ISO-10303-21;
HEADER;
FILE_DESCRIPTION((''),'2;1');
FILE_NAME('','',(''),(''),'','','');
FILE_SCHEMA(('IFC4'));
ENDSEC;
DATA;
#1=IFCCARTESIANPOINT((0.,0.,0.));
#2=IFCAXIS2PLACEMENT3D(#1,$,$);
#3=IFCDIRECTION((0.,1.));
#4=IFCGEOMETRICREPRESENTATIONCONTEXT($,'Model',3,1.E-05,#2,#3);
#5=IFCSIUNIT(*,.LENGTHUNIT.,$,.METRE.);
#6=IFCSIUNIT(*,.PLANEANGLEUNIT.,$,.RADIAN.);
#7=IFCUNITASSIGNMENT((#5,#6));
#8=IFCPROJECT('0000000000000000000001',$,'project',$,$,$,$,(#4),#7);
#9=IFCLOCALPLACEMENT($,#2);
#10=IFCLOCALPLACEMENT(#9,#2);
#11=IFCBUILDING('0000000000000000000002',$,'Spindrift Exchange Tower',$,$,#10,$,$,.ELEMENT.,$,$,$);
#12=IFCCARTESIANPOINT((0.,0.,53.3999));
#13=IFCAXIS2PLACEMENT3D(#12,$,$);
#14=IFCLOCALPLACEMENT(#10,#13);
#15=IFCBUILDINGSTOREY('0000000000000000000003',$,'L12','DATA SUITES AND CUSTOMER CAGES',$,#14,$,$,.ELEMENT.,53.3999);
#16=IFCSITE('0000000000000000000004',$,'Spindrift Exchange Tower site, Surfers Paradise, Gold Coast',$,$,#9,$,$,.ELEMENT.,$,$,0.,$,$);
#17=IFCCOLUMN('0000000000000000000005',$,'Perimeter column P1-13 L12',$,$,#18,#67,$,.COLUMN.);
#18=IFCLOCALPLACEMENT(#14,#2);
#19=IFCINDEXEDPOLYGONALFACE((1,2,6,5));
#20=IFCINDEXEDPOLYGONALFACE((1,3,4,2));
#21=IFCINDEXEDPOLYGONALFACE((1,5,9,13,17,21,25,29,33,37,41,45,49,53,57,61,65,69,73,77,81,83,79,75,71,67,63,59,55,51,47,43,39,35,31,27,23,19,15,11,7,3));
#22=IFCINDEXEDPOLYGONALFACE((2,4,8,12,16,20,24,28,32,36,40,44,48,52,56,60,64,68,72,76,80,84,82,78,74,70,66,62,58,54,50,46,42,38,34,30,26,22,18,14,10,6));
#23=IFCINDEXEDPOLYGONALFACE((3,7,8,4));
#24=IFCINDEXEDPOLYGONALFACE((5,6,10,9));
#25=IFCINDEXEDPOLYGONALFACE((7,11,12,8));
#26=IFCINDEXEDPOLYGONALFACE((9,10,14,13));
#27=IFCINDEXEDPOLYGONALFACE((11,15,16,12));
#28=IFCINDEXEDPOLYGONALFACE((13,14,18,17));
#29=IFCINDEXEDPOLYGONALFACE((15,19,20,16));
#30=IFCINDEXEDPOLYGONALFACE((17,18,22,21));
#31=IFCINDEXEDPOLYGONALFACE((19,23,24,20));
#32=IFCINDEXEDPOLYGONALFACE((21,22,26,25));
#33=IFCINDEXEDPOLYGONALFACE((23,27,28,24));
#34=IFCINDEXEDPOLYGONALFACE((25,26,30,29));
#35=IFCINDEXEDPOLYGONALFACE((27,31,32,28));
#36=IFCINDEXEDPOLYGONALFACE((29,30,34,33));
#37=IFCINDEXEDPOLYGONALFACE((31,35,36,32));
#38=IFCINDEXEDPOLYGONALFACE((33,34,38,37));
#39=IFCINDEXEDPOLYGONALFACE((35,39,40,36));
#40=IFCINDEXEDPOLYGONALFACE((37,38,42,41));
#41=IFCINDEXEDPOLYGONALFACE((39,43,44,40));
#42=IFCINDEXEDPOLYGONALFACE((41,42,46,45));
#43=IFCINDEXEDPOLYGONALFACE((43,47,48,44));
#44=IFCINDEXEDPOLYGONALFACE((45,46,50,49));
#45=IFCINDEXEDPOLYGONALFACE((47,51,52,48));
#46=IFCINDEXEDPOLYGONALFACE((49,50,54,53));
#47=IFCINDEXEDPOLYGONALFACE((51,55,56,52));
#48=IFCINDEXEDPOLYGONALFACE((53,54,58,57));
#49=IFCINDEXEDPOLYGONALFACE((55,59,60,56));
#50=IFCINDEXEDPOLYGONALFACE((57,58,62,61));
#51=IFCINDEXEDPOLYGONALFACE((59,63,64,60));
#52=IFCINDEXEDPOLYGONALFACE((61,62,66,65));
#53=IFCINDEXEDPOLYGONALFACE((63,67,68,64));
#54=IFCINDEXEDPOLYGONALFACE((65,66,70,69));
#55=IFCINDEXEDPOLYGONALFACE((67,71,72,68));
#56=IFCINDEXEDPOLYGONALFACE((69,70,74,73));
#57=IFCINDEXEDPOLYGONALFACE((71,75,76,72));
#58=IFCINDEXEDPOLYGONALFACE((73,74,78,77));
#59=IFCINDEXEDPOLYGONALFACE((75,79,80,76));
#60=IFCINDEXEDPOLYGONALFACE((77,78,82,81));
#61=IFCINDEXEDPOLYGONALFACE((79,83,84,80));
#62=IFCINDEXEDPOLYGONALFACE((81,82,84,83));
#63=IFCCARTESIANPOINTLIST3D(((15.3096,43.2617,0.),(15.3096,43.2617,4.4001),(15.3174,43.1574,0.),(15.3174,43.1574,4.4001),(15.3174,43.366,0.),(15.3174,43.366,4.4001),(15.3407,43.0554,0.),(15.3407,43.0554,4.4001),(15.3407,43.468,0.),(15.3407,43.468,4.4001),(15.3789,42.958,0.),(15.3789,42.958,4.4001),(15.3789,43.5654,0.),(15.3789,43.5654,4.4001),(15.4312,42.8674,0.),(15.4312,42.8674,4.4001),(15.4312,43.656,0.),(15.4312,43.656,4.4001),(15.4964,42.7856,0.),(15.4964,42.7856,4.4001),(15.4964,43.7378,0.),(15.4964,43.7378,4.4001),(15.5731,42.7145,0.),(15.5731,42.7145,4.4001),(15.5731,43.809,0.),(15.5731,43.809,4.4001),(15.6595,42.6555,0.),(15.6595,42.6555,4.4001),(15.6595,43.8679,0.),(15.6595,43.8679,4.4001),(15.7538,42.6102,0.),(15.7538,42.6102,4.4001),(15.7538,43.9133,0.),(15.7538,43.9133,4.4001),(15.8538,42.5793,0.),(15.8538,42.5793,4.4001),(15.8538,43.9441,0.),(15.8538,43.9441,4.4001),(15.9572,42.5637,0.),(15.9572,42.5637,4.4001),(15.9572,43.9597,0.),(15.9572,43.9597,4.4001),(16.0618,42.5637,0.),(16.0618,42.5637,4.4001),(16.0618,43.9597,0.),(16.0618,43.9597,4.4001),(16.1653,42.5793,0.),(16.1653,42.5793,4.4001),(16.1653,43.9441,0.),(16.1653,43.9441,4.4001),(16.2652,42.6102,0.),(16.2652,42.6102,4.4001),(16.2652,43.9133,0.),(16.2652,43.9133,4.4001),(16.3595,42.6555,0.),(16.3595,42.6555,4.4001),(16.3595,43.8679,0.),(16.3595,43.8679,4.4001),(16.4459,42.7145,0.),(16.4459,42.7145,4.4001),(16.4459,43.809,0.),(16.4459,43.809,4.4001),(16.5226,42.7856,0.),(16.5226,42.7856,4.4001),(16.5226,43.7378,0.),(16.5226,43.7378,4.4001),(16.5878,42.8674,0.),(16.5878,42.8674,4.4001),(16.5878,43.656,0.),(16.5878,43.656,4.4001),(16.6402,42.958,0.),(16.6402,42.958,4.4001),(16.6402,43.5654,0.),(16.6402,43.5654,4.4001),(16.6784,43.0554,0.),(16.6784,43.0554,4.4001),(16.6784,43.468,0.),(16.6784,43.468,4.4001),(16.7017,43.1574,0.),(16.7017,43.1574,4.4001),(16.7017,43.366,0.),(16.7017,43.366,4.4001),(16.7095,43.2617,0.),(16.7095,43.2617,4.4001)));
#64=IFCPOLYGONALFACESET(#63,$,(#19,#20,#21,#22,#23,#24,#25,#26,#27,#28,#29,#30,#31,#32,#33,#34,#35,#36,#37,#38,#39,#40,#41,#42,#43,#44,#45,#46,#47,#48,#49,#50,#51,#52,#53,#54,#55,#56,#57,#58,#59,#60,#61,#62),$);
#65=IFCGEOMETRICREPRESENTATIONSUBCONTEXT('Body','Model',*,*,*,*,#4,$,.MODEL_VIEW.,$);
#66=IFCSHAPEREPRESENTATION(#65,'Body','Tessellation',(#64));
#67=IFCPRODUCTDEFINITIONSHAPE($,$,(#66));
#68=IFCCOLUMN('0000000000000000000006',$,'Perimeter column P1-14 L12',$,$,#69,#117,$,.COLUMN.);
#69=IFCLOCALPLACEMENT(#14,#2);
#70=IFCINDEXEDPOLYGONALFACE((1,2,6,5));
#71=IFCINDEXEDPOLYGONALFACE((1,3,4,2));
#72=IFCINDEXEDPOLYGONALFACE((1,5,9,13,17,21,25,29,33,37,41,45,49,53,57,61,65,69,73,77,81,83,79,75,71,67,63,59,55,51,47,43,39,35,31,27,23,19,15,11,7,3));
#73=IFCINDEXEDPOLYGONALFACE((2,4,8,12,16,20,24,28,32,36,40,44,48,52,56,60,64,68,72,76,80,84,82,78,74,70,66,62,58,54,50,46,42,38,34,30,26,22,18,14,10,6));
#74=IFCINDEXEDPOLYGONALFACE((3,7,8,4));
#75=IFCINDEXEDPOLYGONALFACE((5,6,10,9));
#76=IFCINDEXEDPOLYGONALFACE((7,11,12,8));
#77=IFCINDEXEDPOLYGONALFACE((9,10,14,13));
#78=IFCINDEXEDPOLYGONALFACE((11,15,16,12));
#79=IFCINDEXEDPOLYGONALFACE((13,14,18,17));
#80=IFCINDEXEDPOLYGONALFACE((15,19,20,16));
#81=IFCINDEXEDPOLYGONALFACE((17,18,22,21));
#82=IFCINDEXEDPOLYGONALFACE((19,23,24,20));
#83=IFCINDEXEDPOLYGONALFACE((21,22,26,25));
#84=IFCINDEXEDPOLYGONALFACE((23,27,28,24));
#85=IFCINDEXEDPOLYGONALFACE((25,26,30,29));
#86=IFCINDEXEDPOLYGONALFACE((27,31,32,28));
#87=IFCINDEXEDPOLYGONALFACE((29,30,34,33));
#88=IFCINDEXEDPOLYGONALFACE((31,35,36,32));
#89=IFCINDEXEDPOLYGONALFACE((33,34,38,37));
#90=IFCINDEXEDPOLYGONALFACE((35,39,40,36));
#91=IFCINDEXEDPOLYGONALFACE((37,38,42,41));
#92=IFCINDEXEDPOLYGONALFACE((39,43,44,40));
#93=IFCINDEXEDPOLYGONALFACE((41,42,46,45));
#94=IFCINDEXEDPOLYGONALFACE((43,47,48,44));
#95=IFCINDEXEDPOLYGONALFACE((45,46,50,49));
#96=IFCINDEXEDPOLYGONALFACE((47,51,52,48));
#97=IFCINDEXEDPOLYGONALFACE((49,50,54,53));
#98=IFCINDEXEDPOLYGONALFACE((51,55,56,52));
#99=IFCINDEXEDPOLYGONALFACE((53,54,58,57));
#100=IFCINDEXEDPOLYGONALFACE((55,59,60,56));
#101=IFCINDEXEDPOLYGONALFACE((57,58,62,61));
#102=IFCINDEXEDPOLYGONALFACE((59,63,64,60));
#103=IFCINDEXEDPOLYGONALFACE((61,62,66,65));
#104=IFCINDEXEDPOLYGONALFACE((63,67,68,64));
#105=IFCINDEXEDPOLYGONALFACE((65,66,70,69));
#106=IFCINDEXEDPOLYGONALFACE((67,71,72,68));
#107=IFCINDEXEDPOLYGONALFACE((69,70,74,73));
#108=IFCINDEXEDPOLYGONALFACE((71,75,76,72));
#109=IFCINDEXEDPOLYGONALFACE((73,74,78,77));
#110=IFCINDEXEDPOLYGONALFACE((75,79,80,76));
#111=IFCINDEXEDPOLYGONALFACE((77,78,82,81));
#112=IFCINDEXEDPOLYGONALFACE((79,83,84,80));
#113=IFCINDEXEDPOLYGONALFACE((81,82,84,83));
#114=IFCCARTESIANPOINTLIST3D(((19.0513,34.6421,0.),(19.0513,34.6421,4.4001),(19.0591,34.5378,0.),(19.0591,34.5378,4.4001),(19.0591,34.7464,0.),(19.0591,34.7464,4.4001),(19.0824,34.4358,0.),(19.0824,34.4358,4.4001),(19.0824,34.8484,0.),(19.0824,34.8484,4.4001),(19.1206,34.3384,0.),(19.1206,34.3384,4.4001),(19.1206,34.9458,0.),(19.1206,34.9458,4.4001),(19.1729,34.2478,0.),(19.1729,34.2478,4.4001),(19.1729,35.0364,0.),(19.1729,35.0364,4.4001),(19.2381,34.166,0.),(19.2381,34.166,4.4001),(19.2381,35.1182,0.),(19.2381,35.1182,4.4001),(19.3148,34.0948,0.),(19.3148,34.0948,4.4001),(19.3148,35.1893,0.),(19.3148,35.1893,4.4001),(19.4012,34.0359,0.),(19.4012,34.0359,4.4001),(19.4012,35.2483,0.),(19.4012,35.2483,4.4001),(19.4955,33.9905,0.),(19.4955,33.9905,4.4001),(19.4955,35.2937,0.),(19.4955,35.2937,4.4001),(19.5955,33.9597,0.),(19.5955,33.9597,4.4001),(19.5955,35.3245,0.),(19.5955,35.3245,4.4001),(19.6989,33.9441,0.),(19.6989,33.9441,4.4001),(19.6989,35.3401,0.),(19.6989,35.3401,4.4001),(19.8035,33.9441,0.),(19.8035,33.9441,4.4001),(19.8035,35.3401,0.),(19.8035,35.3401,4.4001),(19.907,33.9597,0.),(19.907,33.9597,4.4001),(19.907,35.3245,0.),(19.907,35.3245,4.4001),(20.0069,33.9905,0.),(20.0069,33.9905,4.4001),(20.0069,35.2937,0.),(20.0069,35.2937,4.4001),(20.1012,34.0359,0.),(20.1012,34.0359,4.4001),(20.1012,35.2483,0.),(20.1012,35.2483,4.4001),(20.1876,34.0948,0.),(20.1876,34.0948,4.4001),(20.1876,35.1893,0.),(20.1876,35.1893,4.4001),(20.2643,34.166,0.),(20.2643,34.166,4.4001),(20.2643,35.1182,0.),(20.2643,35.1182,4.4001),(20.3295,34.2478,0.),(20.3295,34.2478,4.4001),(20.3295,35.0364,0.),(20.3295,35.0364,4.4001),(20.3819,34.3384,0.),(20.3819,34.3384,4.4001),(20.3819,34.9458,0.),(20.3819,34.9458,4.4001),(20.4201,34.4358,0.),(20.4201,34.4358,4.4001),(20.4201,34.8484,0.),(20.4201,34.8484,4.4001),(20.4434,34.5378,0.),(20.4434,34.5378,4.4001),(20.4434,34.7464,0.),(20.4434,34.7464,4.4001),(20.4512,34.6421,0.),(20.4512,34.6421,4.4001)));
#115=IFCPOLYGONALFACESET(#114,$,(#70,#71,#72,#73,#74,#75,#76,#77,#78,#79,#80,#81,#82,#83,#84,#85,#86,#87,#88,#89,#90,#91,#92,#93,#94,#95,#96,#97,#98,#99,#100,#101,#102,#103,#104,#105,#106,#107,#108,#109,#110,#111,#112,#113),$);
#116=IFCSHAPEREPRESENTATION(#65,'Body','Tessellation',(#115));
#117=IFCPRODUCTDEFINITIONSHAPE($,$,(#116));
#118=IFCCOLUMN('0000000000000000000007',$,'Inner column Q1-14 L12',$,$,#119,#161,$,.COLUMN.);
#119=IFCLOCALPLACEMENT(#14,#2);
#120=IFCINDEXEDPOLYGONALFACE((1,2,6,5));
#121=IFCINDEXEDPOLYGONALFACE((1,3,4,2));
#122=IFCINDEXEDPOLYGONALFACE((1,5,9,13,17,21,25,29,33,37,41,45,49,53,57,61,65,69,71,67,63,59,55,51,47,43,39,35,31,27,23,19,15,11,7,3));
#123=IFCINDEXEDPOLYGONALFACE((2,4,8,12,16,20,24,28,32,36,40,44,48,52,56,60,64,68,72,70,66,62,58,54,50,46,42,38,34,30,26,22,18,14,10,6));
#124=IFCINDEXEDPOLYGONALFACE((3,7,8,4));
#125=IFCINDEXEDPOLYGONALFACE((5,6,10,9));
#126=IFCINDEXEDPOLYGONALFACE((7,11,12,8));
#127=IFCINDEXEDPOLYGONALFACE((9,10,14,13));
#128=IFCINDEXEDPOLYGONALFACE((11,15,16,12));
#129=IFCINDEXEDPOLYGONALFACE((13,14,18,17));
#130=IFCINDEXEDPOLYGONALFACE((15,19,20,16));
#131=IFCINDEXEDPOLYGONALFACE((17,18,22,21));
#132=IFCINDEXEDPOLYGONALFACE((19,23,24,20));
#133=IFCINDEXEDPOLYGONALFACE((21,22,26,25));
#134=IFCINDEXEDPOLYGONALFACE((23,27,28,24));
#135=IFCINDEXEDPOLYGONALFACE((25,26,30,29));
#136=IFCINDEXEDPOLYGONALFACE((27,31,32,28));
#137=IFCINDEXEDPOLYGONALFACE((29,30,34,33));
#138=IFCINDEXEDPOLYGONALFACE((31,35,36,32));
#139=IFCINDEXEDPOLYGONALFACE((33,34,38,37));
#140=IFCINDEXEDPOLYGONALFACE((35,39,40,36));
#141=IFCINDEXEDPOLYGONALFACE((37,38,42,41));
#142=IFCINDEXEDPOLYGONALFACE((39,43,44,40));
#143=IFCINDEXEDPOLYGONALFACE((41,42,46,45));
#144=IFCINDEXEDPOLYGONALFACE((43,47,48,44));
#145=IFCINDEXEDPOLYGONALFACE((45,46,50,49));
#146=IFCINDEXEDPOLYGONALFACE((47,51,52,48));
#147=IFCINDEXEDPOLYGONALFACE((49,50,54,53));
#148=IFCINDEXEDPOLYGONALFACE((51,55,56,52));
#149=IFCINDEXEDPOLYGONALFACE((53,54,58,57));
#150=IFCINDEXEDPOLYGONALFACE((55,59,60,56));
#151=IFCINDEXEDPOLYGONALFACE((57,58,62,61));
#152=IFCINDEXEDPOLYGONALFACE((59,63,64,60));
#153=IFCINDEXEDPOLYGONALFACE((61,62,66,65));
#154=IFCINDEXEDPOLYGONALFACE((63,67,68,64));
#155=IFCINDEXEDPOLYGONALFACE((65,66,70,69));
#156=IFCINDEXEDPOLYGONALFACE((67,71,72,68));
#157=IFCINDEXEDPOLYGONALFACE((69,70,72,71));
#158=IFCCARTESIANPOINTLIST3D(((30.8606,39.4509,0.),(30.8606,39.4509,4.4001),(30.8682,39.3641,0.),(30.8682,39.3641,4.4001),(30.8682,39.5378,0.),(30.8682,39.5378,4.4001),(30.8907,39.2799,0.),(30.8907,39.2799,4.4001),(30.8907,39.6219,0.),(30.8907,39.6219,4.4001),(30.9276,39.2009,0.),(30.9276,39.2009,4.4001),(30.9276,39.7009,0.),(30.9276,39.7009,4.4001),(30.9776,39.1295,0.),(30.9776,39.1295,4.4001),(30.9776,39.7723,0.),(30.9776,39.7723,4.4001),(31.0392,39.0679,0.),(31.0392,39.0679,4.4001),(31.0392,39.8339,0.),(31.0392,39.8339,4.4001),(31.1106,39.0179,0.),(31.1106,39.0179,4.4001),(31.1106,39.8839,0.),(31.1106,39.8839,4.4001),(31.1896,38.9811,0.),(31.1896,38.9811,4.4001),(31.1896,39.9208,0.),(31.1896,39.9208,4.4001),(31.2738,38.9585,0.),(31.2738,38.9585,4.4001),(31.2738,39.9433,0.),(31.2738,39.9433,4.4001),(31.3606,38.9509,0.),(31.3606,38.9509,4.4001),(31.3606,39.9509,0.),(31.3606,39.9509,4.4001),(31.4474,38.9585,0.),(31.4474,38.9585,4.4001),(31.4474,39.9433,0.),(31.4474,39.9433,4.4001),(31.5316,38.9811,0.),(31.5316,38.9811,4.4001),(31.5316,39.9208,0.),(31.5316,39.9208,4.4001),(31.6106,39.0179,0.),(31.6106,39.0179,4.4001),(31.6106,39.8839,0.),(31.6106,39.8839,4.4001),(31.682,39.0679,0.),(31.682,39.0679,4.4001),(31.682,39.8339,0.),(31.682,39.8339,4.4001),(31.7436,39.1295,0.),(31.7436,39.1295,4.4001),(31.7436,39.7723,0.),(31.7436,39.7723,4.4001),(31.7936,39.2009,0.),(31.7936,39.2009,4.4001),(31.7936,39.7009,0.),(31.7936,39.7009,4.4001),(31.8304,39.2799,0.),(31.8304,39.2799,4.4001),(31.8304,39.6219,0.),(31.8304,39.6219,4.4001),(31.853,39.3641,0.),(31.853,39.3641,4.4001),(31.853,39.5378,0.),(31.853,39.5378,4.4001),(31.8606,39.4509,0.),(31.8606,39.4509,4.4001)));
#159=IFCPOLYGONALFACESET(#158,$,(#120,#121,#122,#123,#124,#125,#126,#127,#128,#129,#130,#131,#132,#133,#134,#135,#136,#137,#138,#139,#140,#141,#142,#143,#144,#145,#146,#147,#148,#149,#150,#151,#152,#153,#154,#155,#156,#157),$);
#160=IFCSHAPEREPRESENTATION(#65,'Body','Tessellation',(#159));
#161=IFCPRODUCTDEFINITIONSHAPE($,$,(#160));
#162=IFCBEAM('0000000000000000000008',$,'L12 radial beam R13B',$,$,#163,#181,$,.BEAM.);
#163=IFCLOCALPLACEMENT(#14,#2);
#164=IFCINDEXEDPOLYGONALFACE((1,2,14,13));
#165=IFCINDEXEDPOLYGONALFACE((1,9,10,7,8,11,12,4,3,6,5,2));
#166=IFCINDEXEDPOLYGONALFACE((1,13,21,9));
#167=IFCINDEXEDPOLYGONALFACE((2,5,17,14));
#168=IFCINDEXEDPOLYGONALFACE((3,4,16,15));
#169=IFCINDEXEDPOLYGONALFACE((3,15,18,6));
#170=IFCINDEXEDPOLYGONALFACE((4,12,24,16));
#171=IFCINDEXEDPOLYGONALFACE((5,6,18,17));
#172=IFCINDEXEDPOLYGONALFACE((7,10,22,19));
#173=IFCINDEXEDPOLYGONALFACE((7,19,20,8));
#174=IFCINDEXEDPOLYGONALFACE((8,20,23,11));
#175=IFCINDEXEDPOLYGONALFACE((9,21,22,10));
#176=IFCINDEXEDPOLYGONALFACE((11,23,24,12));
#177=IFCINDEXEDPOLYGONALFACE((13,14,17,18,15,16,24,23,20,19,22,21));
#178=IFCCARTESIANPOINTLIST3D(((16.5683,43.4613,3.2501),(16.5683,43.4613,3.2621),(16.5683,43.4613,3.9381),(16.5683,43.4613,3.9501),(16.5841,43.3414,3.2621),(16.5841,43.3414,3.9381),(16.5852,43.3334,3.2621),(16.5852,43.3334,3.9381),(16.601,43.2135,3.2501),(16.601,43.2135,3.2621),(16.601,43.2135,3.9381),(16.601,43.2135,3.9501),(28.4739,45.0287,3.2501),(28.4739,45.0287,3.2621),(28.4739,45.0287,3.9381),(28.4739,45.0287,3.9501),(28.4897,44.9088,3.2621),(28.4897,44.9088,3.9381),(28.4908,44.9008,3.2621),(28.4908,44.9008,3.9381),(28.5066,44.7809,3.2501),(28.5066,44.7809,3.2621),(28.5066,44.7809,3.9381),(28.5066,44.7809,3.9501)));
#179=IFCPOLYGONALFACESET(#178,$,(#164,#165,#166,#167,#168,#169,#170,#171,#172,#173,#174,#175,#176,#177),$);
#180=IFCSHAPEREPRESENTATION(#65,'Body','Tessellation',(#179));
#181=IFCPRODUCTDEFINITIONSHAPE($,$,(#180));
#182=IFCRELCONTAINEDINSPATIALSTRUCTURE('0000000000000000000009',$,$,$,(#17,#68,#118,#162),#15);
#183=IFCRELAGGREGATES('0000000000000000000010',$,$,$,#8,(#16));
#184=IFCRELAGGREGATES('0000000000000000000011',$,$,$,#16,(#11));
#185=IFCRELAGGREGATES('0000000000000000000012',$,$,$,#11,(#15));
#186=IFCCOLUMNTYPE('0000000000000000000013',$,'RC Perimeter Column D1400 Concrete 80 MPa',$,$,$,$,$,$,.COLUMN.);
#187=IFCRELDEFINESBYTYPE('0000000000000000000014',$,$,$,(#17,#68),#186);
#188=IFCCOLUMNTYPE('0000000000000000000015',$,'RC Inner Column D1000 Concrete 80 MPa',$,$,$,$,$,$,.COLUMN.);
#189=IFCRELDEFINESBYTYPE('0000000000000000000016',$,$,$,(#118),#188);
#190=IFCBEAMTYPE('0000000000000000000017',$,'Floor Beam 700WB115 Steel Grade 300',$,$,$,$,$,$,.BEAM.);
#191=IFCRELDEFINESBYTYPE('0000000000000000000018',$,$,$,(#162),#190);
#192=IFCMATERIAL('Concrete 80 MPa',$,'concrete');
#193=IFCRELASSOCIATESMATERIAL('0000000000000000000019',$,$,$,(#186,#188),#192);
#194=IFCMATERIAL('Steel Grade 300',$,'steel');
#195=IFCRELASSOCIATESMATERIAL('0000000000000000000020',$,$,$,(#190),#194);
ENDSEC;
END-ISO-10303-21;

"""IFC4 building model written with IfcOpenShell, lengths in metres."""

from ifc_helpers import new_model, si_unit, direction, frame, origin, origin_2d, place, context, subcontext, project, spatial, circle, i_section, extrude, source, transform, mapped, material, material_profile, profile_set, type_object, element, save


model = new_model("IFC4")

# Units and contexts
model_context = context("Model", 3, precision=1e-05, world=origin(), true_north=direction((0.0, 1.0)))
body_context = subcontext(model_context, "Body", "Model", "MODEL_VIEW")
ifc_project = project(units=[si_unit("LENGTHUNIT", "METRE"), si_unit("PLANEANGLEUNIT", "RADIAN")], contexts=[model_context])

# Site, building, storey
site_placement = place(None, origin())
site = spatial("IfcSite", under=ifc_project, at=site_placement, Name="Spindrift Exchange Tower site, Surfers Paradise, Gold Coast", CompositionType="ELEMENT", RefElevation=0.0)
building_placement = place(site_placement, origin())
building = spatial("IfcBuilding", under=site, at=building_placement, Name="Spindrift Exchange Tower", CompositionType="ELEMENT")
storey_placement = place(building_placement, frame((0.0, 0.0, 53.3999)))
storey = spatial("IfcBuildingStorey", under=building, at=storey_placement, Name="L12", Description="DATA SUITES AND CUSTOMER CAGES", CompositionType="ELEMENT", Elevation=53.3999)

# Columns
ifc_material_1 = material(Name="Concrete 80 MPa", Category="concrete")
ifc_material_profile_1 = material_profile(ifc_material_1, circle(Radius=0.7, at=origin_2d()), Name="RC D1400")
ifc_profile_set_1 = profile_set([ifc_material_profile_1], Name="Concrete 80 MPa")
column_type_1 = type_object("IfcColumnType", Name="RC Perimeter Column D1400 Concrete 80 MPa", PredefinedType="COLUMN", material=ifc_profile_set_1)
shared_shape_1 = source(origin(), body_context, "Body", "SweptSolid", [
    extrude(circle(Radius=0.7, at=origin_2d()), origin(), (0.0, 0.0, 1.0), 4.4001),
])
for number, where, z_axis, x_axis, name in (
    (1, (16.0095, 43.2617, 0.0), (0.0, 0.0, 1.0), (1.0, 0.0, 0.0), "Perimeter column P1-13 L12"),
    (2, (19.7512, 34.6421, 0.0), (0.0, 0.0, 1.0), (1.0, 0.0, 0.0), "Perimeter column P1-14 L12"),
):
    element("IfcColumn", number, at=place(storey_placement, frame(where, z_axis=z_axis, x_axis=x_axis)), inside=storey, type_object=column_type_1, Name=name, PredefinedType="COLUMN", context=body_context, shape_type="MappedRepresentation", body=[
        mapped(shared_shape_1, transform((0.0, 0.0, 0.0), scale=1.0)),
    ])
ifc_material_profile_2 = material_profile(ifc_material_1, circle(Radius=0.5, at=origin_2d()), Name="RC D1000")
ifc_profile_set_2 = profile_set([ifc_material_profile_2], Name="Concrete 80 MPa")
column_type_2 = type_object("IfcColumnType", Name="RC Inner Column D1000 Concrete 80 MPa", PredefinedType="COLUMN", material=ifc_profile_set_2)
shared_shape_2 = source(origin(), body_context, "Body", "SweptSolid", [
    extrude(circle(Radius=0.5, at=origin_2d()), origin(), (0.0, 0.0, 1.0), 4.4001),
])
column_placement = place(storey_placement, frame((31.3606, 39.4509, 0.0), z_axis=(0.0, 0.0, 1.0), x_axis=(1.0, 0.0, 0.0)))
element("IfcColumn", 3, at=column_placement, inside=storey, type_object=column_type_2, Name="Inner column Q1-14 L12", PredefinedType="COLUMN", context=body_context, shape_type="MappedRepresentation", body=[
    mapped(shared_shape_2, transform((0.0, 0.0, 0.0), scale=1.0)),
])

# Beam
ifc_material_2 = material(Name="Steel Grade 300", Category="steel")
ifc_material_profile_3 = material_profile(ifc_material_2, i_section(OverallWidth=0.25, OverallDepth=0.7, WebThickness=0.0081, FlangeThickness=0.012, at=origin_2d()), Name="700WB115")
ifc_profile_set_3 = profile_set([ifc_material_profile_3], Name="Steel Grade 300")
beam_type_1 = type_object("IfcBeamType", Name="Floor Beam 700WB115 Steel Grade 300", PredefinedType="BEAM", material=ifc_profile_set_3)
shared_shape_3 = source(origin(), body_context, "Body", "SweptSolid", [
    extrude(i_section(OverallWidth=0.25, OverallDepth=0.7, WebThickness=0.0081, FlangeThickness=0.012, at=origin_2d()), origin(), (0.0, 0.0, 1.0), 12.0083),
])
beam_1_placement = place(storey_placement, frame((28.4902, 44.9048, 3.6001), z_axis=(-0.991445, -0.130526, 0.0), x_axis=(0.130526, -0.991445, 0.0)))
element("IfcBeam", 4, at=beam_1_placement, inside=storey, type_object=beam_type_1, Name="L12 radial beam R13B", PredefinedType="BEAM", context=body_context, shape_type="MappedRepresentation", body=[
    mapped(shared_shape_3, transform((0.0, 0.0, 0.0), scale=1.0)),
])

save(model, "model.ifc")
